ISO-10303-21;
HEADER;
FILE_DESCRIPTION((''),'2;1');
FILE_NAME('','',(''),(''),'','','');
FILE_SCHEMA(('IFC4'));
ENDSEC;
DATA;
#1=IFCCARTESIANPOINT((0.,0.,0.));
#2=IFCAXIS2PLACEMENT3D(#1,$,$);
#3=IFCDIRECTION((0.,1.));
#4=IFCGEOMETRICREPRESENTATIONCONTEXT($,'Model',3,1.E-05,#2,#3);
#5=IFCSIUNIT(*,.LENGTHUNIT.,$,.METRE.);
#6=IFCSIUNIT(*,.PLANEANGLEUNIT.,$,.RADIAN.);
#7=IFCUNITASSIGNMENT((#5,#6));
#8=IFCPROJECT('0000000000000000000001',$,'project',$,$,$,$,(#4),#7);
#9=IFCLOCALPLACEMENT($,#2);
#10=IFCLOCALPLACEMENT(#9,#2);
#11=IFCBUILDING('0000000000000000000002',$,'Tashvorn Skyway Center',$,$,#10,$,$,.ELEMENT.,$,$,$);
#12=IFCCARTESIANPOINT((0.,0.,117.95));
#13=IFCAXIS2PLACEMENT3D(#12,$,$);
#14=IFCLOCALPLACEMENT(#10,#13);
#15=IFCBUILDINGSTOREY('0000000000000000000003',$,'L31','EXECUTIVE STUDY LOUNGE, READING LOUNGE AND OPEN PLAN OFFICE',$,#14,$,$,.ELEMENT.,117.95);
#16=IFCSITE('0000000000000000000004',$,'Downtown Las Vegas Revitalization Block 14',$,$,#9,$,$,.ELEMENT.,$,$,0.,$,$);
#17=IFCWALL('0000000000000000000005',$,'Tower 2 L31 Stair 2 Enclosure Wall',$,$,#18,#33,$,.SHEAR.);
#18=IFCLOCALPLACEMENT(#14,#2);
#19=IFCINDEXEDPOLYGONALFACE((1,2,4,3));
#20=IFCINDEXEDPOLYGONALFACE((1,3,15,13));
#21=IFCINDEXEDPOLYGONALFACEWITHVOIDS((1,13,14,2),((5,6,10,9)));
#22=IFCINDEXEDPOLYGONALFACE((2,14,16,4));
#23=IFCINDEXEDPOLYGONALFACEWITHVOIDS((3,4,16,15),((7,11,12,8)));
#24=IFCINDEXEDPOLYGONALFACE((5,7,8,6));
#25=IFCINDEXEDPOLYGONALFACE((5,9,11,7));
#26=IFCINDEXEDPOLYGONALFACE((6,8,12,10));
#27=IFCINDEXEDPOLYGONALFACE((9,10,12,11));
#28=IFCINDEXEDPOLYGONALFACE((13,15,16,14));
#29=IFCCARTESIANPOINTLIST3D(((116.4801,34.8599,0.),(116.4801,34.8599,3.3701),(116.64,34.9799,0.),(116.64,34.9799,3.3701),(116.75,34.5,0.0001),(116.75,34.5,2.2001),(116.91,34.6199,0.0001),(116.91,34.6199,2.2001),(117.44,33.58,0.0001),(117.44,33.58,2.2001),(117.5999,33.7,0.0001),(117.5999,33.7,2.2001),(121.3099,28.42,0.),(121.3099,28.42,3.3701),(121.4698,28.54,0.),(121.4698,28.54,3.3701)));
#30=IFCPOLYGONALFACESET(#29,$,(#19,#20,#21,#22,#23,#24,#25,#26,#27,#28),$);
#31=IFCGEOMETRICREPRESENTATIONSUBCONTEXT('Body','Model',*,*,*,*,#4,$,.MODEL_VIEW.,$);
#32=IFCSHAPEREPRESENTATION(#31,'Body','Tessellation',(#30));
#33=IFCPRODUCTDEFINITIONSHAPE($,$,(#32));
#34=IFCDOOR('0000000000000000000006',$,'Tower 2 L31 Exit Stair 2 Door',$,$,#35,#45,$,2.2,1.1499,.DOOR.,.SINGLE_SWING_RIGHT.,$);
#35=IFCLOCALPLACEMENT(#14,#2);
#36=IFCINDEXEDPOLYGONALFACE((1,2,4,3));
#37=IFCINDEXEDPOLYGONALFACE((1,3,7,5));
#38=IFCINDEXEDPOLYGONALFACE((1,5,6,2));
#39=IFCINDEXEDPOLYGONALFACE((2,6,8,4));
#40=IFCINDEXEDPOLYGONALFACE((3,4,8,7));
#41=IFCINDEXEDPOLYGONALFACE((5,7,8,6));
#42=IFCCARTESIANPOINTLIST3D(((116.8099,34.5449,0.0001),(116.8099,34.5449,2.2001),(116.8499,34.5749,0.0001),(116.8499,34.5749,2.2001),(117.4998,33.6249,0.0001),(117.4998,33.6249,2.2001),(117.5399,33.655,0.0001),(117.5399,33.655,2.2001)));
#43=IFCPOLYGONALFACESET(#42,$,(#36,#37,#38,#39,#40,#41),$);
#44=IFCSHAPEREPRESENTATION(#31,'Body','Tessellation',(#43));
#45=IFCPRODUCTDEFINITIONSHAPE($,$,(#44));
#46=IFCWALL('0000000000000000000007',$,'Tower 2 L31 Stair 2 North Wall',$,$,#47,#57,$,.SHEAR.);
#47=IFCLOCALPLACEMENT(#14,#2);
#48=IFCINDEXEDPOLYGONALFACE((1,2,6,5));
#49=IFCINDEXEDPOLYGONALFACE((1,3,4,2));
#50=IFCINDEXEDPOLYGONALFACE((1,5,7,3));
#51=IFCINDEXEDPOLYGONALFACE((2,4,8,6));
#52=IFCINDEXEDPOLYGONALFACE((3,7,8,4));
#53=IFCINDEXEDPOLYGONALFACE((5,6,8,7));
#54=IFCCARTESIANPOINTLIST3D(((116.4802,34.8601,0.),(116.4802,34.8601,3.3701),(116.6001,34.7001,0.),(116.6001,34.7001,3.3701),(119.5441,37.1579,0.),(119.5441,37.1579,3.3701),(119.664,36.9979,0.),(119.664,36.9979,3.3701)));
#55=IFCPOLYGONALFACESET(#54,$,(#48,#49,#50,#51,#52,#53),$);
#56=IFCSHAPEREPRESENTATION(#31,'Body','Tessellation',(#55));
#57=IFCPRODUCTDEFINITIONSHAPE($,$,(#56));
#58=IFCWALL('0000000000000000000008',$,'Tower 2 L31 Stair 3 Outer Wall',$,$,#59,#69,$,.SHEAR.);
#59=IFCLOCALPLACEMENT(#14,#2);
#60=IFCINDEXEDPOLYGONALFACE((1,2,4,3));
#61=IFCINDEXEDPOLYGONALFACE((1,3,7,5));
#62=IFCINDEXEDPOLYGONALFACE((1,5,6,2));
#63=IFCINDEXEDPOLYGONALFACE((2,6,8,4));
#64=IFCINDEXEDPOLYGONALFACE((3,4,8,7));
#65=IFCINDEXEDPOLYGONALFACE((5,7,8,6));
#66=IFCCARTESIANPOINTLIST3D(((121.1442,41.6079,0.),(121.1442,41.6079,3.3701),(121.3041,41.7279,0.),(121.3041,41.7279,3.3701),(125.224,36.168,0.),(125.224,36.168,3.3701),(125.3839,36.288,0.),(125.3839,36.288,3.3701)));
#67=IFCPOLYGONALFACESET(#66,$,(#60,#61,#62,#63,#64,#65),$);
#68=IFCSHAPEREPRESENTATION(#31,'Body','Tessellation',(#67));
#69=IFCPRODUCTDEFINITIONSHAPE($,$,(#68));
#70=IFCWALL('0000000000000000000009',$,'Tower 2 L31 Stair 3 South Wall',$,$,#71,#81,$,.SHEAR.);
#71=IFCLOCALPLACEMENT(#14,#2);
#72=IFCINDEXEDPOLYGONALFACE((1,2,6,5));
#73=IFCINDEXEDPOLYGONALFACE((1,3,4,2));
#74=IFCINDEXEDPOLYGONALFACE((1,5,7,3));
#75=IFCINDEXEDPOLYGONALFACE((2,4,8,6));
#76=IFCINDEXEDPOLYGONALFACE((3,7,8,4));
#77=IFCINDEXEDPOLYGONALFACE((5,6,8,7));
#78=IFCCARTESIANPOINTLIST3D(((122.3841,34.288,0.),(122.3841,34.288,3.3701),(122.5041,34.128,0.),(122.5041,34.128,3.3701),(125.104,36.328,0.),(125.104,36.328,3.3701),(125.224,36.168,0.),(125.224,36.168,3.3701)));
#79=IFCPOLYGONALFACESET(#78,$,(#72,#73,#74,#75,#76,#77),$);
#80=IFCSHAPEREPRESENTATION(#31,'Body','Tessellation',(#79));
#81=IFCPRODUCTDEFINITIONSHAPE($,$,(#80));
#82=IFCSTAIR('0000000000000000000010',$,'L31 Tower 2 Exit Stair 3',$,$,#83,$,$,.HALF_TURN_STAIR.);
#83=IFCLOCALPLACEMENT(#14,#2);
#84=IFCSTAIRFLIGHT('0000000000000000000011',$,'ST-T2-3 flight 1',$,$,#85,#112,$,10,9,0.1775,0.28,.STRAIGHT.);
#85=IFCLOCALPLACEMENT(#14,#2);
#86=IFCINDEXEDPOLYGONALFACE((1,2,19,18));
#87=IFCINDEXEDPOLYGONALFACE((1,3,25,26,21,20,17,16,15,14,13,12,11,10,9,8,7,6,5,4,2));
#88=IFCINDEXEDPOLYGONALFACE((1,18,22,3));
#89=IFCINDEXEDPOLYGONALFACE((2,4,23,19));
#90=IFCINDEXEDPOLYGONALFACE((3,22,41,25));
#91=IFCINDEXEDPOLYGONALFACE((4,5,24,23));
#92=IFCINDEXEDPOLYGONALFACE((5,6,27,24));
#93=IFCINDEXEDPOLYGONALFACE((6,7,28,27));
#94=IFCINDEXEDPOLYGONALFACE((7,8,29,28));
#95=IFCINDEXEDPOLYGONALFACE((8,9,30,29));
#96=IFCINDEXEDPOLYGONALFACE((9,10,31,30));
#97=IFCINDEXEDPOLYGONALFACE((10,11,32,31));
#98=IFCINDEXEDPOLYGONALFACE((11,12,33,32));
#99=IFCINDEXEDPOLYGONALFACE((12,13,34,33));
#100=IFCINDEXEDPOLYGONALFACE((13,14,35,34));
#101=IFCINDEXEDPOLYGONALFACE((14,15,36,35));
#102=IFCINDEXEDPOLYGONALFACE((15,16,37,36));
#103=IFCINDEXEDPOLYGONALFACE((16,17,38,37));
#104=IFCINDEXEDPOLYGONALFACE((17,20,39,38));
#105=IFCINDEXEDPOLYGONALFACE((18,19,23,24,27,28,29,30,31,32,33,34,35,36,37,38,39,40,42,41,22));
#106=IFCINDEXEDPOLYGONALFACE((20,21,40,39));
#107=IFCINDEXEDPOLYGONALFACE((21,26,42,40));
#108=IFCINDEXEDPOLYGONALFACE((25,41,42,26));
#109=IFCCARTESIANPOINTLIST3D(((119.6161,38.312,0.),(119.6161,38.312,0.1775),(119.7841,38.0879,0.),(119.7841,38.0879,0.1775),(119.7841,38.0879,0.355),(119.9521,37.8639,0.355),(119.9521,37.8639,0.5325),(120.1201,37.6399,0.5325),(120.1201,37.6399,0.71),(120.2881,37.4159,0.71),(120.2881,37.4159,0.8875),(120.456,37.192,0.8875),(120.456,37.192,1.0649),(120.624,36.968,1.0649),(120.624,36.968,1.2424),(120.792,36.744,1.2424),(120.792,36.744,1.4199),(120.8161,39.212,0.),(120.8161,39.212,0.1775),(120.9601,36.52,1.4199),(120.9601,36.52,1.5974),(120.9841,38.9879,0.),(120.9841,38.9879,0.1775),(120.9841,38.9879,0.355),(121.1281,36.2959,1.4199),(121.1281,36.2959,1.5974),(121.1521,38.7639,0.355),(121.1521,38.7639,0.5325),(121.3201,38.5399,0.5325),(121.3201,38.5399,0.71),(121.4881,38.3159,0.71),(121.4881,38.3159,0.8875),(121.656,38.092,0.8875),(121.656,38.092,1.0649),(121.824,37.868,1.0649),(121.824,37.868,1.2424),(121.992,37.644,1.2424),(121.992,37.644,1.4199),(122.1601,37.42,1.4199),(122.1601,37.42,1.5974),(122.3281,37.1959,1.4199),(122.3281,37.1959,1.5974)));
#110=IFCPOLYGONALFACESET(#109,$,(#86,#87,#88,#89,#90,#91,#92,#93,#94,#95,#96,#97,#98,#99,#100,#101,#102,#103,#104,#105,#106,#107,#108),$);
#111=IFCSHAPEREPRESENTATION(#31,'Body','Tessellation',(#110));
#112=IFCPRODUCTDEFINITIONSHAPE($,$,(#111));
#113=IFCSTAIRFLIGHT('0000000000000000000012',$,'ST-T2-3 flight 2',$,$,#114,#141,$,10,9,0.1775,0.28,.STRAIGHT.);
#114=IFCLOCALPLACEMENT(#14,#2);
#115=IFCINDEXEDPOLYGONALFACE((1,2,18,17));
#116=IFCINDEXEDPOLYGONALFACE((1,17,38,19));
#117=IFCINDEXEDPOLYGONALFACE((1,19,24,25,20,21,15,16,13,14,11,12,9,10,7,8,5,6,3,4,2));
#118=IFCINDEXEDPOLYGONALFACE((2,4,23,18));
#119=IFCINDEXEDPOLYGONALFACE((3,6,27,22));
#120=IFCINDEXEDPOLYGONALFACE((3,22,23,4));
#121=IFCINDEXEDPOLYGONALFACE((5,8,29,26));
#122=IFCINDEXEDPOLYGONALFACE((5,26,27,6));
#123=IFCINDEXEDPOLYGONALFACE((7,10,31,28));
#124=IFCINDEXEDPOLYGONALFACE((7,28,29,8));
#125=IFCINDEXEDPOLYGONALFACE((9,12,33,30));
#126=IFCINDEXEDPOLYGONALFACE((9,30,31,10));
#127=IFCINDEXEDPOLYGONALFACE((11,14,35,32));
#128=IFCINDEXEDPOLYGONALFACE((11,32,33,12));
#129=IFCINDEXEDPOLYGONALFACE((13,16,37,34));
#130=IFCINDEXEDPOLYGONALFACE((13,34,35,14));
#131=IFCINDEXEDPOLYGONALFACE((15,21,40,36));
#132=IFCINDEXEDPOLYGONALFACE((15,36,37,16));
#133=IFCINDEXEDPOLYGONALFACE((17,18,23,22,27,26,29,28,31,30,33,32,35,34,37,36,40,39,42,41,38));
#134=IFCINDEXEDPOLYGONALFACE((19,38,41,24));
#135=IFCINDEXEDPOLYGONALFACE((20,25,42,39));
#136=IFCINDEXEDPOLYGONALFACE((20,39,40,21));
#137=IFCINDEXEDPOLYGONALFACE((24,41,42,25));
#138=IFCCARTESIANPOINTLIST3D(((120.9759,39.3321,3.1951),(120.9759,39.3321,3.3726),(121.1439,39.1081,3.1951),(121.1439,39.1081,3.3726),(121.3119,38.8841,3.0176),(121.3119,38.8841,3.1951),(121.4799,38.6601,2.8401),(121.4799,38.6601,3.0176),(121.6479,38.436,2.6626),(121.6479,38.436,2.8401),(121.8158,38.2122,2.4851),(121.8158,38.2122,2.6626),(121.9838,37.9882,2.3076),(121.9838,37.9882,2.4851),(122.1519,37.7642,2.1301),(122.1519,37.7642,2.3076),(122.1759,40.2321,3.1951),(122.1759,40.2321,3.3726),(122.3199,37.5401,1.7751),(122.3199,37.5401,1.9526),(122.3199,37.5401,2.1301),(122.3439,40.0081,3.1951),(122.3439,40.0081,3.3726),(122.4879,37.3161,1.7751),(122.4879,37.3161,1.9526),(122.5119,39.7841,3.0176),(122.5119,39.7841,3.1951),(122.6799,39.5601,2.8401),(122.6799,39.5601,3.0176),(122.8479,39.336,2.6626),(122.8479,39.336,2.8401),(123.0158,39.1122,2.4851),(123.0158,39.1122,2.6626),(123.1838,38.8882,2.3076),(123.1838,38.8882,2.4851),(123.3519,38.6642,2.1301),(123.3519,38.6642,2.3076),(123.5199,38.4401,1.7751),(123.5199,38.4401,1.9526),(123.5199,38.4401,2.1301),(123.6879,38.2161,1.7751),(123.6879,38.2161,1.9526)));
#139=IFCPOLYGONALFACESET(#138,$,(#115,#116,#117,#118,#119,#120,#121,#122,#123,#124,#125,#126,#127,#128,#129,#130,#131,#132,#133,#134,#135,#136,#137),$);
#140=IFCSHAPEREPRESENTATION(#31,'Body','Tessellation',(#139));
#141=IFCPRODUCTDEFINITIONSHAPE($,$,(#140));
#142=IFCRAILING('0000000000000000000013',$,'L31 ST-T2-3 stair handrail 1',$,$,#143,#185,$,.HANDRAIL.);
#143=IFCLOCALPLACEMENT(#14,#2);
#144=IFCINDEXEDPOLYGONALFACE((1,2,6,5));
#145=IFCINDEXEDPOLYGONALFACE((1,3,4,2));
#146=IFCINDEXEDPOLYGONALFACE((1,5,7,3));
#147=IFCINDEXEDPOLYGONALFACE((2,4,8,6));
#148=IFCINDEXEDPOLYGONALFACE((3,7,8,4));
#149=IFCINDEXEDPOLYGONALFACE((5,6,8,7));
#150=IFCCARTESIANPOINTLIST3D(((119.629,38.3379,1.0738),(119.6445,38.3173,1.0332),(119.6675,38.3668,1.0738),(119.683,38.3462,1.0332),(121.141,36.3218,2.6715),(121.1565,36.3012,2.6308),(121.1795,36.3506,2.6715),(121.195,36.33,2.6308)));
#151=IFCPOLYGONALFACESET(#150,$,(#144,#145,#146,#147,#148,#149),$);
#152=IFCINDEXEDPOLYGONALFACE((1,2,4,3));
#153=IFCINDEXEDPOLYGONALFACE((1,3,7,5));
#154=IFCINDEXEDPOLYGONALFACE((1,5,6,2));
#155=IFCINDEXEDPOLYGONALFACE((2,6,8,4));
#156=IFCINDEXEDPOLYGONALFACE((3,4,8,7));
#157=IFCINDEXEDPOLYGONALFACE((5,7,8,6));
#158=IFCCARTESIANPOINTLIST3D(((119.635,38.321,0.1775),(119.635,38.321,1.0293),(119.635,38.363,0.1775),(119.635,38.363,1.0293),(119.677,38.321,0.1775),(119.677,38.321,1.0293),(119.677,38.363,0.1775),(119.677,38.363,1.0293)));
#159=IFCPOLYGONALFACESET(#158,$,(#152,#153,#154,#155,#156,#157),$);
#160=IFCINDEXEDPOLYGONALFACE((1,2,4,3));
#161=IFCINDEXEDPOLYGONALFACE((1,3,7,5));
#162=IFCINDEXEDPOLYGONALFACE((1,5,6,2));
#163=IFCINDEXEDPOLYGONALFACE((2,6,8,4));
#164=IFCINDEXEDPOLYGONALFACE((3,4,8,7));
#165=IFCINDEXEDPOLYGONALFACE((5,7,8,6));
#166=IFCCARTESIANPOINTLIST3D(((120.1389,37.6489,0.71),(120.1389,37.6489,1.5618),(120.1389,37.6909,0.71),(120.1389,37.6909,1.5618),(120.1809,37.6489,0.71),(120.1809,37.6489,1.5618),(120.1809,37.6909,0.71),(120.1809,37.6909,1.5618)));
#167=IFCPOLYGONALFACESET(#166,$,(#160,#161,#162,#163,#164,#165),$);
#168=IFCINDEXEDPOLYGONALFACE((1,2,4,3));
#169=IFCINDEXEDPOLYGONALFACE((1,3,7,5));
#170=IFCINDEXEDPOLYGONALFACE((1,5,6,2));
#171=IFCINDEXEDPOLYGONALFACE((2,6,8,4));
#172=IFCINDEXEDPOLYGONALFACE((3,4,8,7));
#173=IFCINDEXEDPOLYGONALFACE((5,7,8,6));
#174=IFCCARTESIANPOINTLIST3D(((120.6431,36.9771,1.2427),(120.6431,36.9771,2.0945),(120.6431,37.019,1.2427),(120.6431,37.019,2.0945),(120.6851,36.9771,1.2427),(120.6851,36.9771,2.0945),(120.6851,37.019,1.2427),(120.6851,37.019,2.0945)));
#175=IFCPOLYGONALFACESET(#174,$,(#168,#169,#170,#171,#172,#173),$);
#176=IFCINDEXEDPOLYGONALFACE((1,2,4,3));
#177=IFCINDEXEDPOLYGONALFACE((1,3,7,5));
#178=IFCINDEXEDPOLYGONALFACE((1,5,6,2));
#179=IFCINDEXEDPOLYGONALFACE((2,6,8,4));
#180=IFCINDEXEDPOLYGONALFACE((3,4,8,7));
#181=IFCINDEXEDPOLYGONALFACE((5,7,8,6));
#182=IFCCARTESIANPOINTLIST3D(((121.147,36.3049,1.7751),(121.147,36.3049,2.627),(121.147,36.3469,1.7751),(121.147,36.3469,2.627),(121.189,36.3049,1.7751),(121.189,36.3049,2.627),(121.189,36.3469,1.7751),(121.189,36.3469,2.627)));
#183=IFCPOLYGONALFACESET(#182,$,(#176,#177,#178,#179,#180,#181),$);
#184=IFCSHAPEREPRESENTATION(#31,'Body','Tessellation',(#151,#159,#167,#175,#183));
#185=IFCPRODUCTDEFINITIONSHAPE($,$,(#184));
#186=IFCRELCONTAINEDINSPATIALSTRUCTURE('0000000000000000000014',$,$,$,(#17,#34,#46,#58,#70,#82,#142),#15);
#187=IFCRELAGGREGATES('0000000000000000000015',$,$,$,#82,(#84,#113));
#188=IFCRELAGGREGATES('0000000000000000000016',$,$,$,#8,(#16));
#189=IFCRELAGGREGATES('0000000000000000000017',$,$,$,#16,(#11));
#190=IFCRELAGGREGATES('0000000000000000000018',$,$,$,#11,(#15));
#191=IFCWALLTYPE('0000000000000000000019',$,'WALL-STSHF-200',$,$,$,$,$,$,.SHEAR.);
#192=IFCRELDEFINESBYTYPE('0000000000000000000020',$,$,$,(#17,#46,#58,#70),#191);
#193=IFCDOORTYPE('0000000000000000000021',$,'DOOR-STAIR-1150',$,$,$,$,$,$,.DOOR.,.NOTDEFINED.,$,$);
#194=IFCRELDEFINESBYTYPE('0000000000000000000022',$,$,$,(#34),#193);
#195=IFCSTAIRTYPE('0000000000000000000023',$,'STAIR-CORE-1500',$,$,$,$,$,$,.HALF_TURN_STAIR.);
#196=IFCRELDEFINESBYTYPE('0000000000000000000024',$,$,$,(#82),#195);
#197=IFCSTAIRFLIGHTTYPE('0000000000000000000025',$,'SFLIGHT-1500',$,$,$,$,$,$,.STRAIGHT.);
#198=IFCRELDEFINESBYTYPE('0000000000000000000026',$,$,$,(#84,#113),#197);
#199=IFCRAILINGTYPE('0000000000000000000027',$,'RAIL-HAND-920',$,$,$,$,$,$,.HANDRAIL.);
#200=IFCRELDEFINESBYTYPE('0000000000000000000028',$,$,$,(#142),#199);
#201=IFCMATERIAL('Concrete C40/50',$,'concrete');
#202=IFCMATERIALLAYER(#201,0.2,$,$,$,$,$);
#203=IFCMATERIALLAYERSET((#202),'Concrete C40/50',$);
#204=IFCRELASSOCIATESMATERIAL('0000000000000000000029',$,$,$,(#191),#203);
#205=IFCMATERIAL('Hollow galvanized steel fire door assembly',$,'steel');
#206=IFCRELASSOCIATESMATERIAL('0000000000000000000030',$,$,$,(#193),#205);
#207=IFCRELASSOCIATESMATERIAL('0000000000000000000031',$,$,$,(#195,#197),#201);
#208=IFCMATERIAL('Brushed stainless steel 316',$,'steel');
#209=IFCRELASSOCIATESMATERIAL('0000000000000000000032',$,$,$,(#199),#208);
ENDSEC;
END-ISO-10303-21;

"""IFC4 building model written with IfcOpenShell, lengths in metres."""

from ifc_helpers import new_model, si_unit, direction, frame, frame_2d, origin, origin_2d, place, context, subcontext, project, spatial, polyline, rectangle, outline, extrude, material, layer, layer_set, type_object, element, fill, aggregate, save


model = new_model("IFC4")

# Units and contexts
model_context = context("Model", 3, precision=1e-05, world=origin(), true_north=direction((0.0, 1.0)))
body_context = subcontext(model_context, "Body", "Model", "MODEL_VIEW")
ifc_project = project(units=[si_unit("LENGTHUNIT", "METRE"), si_unit("PLANEANGLEUNIT", "RADIAN")], contexts=[model_context])

# Site, building, storey
site_placement = place(None, origin())
site = spatial("IfcSite", under=ifc_project, at=site_placement, Name="Downtown Las Vegas Revitalization Block 14", CompositionType="ELEMENT", RefElevation=0.0)
building_placement = place(site_placement, origin())
building = spatial("IfcBuilding", under=site, at=building_placement, Name="Tashvorn Skyway Center", CompositionType="ELEMENT")
storey_placement = place(building_placement, frame((0.0, 0.0, 117.95)))
storey = spatial("IfcBuildingStorey", under=building, at=storey_placement, Name="L31", Description="EXECUTIVE STUDY LOUNGE, READING LOUNGE AND OPEN PLAN OFFICE", CompositionType="ELEMENT", Elevation=117.95)

# Shared definitions
ifc_material_1 = material(Name="Concrete C40/50", Category="concrete")

# Wall, opening, door
ifc_layer_1 = layer(ifc_material_1, 0.2)
ifc_layer_set_1 = layer_set([ifc_layer_1], Name="Concrete C40/50")
wall_type_1 = type_object("IfcWallType", Name="WALL-STSHF-200", PredefinedType="SHEAR", material=ifc_layer_set_1)
wall_1_placement = place(storey_placement, frame((116.5601, 34.9199, 0.0), z_axis=(0.0, 0.0, 1.0), x_axis=(0.59999, -0.800007, 0.0)))
wall_1 = element("IfcWall", 1, at=wall_1_placement, inside=storey, type_object=wall_type_1, Name="Tower 2 L31 Stair 2 Enclosure Wall", PredefinedType="SHEAR", context=body_context, shape_type="SweptSolid", body=[
    extrude(rectangle(XDim=8.0498, YDim=0.2, at=frame_2d((4.0249, 0.0))), origin(), (0.0, 0.0, 1.0), 3.3701),
])
opening_placement = place(wall_1_placement, frame((0.45, 0.0, 0.0)))
opening = element("IfcOpeningElement", 2, at=opening_placement, cuts=wall_1, PredefinedType="OPENING", context=body_context, shape_type="SweptSolid", body=[
    extrude(rectangle(XDim=1.1499, YDim=2.2, at=frame_2d((0.575, 1.1001))), frame((0.0, 0.1099, 0.0), z_axis=(0.0, -1.0, 0.0), x_axis=(1.0, 0.0, 0.0)), (0.0, 0.0, 1.0), 0.22),
])
ifc_material_2 = material(Name="Hollow galvanized steel fire door assembly", Category="steel")
door_type = type_object("IfcDoorType", Name="DOOR-STAIR-1150", OperationType="NOTDEFINED", PredefinedType="DOOR", material=ifc_material_2)
door_placement = place(opening_placement, origin())
door = element("IfcDoor", 3, at=door_placement, inside=storey, type_object=door_type, Name="Tower 2 L31 Exit Stair 2 Door", OperationType="SINGLE_SWING_RIGHT", OverallHeight=2.2, OverallWidth=1.1499, PredefinedType="DOOR", context=body_context, shape_type="SweptSolid", body=[
    extrude(rectangle(XDim=1.1499, YDim=2.2, at=frame_2d((0.575, 1.1001))), frame((0.0, 0.0249, 0.0), z_axis=(0.0, -1.0, 0.0), x_axis=(1.0, 0.0, 0.0)), (0.0, 0.0, 1.0), 0.05),
])
fill(opening, door)

# Walls
wall_2_placement = place(storey_placement, frame((116.54, 34.78, 0.0), z_axis=(0.0, 0.0, 1.0), x_axis=(0.800015, 0.59998, 0.0)))
element("IfcWall", 4, at=wall_2_placement, inside=storey, type_object=wall_type_1, Name="Tower 2 L31 Stair 2 North Wall", PredefinedType="SHEAR", context=body_context, shape_type="SweptSolid", body=[
    extrude(rectangle(XDim=3.8298, YDim=0.2, at=frame_2d((1.915, 0.0))), origin(), (0.0, 0.0, 1.0), 3.3701),
])
wall_3_placement = place(storey_placement, frame((125.304, 36.228, 0.0), z_axis=(0.0, 0.0, 1.0), x_axis=(-0.599989, 0.800009, 0.0)))
element("IfcWall", 5, at=wall_3_placement, inside=storey, type_object=wall_type_1, Name="Tower 2 L31 Stair 3 Outer Wall", PredefinedType="SHEAR", context=body_context, shape_type="SweptSolid", body=[
    extrude(rectangle(XDim=6.7998, YDim=0.2, at=frame_2d((3.3999, 0.0))), origin(), (0.0, 0.0, 1.0), 3.3701),
])
wall_4_placement = place(storey_placement, frame((122.4441, 34.208, 0.0), z_axis=(0.0, 0.0, 1.0), x_axis=(0.799991, 0.600011, 0.0)))
element("IfcWall", 6, at=wall_4_placement, inside=storey, type_object=wall_type_1, Name="Tower 2 L31 Stair 3 South Wall", PredefinedType="SHEAR", context=body_context, shape_type="SweptSolid", body=[
    extrude(rectangle(XDim=3.3999, YDim=0.2, at=frame_2d((1.7, 0.0))), origin(), (0.0, 0.0, 1.0), 3.3701),
])

# Stair, stair flights
stair_type = type_object("IfcStairType", Name="STAIR-CORE-1500", PredefinedType="HALF_TURN_STAIR", material=ifc_material_1)
stair_placement = place(storey_placement, origin())
stair = element("IfcStair", 7, at=stair_placement, inside=storey, type_object=stair_type, Name="L31 Tower 2 Exit Stair 3", PredefinedType="HALF_TURN_STAIR")
stair_flight_type = type_object("IfcStairFlightType", Name="SFLIGHT-1500", PredefinedType="STRAIGHT", material=ifc_material_1)
stair_flight_1_placement = place(storey_placement, frame((120.2161, 38.762, 0.0), z_axis=(0.0, 0.0, 1.0), x_axis=(0.6, -0.8, 0.0)))
stair_flight_1 = element("IfcStairFlight", 8, at=stair_flight_1_placement, type_object=stair_flight_type, Name="ST-T2-3 flight 1", NumberOfRisers=10, NumberOfTreads=9, PredefinedType="STRAIGHT", RiserHeight=0.1775, TreadLength=0.28, context=body_context, shape_type="SweptSolid", body=[
    extrude(outline(polyline([(0.0, 0.0), (0.0, 0.1775), (0.28, 0.1775), (0.28, 0.355), (0.5601, 0.355), (0.5601, 0.5325), (0.8401, 0.5325), (0.8401, 0.71), (1.1201, 0.71), (1.1201, 0.8875), (1.3999, 0.8875), (1.3999, 1.0649), (1.6799, 1.0649), (1.6799, 1.2424), (1.96, 1.2424), (1.96, 1.4199), (2.24, 1.4199), (2.24, 1.5974), (2.52, 1.5974), (2.52, 1.7749), (2.52, 1.4199), (0.28, 0.0), (0.0, 0.0)])), frame((0.0, 0.75, 0.0), z_axis=(0.0, -1.0, 0.0), x_axis=(1.0, 0.0, 0.0)), (0.0, 0.0, 1.0), 1.5),
])
stair_flight_2_placement = place(storey_placement, frame((123.0879, 37.7661, 1.7751), z_axis=(0.0, 0.0, 1.0), x_axis=(-0.6, 0.8, 0.0)))
stair_flight_2 = element("IfcStairFlight", 9, at=stair_flight_2_placement, type_object=stair_flight_type, Name="ST-T2-3 flight 2", NumberOfRisers=10, NumberOfTreads=9, PredefinedType="STRAIGHT", RiserHeight=0.1775, TreadLength=0.28, context=body_context, shape_type="SweptSolid", body=[
    extrude(outline(polyline([(0.0, 0.0), (0.0, 0.1775), (0.28, 0.1775), (0.28, 0.355), (0.5601, 0.355), (0.5601, 0.5325), (0.8401, 0.5325), (0.8401, 0.71), (1.1201, 0.71), (1.1201, 0.8875), (1.3999, 0.8875), (1.3999, 1.0649), (1.6799, 1.0649), (1.6799, 1.2424), (1.96, 1.2424), (1.96, 1.4199), (2.24, 1.4199), (2.24, 1.5974), (2.52, 1.5974), (2.52, 1.7749), (2.52, 1.4199), (0.28, 0.0), (0.0, 0.0)])), frame((0.0, 0.75, 0.0), z_axis=(0.0, -1.0, 0.0), x_axis=(1.0, 0.0, 0.0)), (0.0, 0.0, 1.0), 1.5),
])
aggregate(stair, [stair_flight_1, stair_flight_2])

# Railing
ifc_material_3 = material(Name="Brushed stainless steel 316", Category="steel")
railing_type_1 = type_object("IfcRailingType", Name="RAIL-HAND-920", PredefinedType="HANDRAIL", material=ifc_material_3)
railing_1_placement = place(storey_placement, frame((119.656, 38.342, 0.1775)))
element("IfcRailing", 10, at=railing_1_placement, inside=storey, type_object=railing_type_1, Name="L31 ST-T2-3 stair handrail 1", PredefinedType="HANDRAIL", context=body_context, shape_type="SweptSolid", body=[
    extrude(rectangle(XDim=0.0481, YDim=0.0481, at=origin_2d()), frame((0.0, 0.0, 0.876), z_axis=(0.506719, -0.675679, 0.535438), x_axis=(0.800023, 0.599969, 0.0)), (0.0, 0.0, 1.0), 2.9839),
    extrude(rectangle(XDim=0.042, YDim=0.042, at=origin_2d()), origin(), (0.0, 0.0, 1.0), 0.8518),
    extrude(rectangle(XDim=0.042, YDim=0.042, at=origin_2d()), frame((0.5039, -0.6721, 0.5325)), (0.0, 0.0, 1.0), 0.8518),
    extrude(rectangle(XDim=0.042, YDim=0.042, at=origin_2d()), frame((1.0081, -1.344, 1.0652)), (0.0, 0.0, 1.0), 0.8518),
    extrude(rectangle(XDim=0.042, YDim=0.042, at=origin_2d()), frame((1.512, -2.0161, 1.5977)), (0.0, 0.0, 1.0), 0.8518),
])

save(model, "model.ifc")
